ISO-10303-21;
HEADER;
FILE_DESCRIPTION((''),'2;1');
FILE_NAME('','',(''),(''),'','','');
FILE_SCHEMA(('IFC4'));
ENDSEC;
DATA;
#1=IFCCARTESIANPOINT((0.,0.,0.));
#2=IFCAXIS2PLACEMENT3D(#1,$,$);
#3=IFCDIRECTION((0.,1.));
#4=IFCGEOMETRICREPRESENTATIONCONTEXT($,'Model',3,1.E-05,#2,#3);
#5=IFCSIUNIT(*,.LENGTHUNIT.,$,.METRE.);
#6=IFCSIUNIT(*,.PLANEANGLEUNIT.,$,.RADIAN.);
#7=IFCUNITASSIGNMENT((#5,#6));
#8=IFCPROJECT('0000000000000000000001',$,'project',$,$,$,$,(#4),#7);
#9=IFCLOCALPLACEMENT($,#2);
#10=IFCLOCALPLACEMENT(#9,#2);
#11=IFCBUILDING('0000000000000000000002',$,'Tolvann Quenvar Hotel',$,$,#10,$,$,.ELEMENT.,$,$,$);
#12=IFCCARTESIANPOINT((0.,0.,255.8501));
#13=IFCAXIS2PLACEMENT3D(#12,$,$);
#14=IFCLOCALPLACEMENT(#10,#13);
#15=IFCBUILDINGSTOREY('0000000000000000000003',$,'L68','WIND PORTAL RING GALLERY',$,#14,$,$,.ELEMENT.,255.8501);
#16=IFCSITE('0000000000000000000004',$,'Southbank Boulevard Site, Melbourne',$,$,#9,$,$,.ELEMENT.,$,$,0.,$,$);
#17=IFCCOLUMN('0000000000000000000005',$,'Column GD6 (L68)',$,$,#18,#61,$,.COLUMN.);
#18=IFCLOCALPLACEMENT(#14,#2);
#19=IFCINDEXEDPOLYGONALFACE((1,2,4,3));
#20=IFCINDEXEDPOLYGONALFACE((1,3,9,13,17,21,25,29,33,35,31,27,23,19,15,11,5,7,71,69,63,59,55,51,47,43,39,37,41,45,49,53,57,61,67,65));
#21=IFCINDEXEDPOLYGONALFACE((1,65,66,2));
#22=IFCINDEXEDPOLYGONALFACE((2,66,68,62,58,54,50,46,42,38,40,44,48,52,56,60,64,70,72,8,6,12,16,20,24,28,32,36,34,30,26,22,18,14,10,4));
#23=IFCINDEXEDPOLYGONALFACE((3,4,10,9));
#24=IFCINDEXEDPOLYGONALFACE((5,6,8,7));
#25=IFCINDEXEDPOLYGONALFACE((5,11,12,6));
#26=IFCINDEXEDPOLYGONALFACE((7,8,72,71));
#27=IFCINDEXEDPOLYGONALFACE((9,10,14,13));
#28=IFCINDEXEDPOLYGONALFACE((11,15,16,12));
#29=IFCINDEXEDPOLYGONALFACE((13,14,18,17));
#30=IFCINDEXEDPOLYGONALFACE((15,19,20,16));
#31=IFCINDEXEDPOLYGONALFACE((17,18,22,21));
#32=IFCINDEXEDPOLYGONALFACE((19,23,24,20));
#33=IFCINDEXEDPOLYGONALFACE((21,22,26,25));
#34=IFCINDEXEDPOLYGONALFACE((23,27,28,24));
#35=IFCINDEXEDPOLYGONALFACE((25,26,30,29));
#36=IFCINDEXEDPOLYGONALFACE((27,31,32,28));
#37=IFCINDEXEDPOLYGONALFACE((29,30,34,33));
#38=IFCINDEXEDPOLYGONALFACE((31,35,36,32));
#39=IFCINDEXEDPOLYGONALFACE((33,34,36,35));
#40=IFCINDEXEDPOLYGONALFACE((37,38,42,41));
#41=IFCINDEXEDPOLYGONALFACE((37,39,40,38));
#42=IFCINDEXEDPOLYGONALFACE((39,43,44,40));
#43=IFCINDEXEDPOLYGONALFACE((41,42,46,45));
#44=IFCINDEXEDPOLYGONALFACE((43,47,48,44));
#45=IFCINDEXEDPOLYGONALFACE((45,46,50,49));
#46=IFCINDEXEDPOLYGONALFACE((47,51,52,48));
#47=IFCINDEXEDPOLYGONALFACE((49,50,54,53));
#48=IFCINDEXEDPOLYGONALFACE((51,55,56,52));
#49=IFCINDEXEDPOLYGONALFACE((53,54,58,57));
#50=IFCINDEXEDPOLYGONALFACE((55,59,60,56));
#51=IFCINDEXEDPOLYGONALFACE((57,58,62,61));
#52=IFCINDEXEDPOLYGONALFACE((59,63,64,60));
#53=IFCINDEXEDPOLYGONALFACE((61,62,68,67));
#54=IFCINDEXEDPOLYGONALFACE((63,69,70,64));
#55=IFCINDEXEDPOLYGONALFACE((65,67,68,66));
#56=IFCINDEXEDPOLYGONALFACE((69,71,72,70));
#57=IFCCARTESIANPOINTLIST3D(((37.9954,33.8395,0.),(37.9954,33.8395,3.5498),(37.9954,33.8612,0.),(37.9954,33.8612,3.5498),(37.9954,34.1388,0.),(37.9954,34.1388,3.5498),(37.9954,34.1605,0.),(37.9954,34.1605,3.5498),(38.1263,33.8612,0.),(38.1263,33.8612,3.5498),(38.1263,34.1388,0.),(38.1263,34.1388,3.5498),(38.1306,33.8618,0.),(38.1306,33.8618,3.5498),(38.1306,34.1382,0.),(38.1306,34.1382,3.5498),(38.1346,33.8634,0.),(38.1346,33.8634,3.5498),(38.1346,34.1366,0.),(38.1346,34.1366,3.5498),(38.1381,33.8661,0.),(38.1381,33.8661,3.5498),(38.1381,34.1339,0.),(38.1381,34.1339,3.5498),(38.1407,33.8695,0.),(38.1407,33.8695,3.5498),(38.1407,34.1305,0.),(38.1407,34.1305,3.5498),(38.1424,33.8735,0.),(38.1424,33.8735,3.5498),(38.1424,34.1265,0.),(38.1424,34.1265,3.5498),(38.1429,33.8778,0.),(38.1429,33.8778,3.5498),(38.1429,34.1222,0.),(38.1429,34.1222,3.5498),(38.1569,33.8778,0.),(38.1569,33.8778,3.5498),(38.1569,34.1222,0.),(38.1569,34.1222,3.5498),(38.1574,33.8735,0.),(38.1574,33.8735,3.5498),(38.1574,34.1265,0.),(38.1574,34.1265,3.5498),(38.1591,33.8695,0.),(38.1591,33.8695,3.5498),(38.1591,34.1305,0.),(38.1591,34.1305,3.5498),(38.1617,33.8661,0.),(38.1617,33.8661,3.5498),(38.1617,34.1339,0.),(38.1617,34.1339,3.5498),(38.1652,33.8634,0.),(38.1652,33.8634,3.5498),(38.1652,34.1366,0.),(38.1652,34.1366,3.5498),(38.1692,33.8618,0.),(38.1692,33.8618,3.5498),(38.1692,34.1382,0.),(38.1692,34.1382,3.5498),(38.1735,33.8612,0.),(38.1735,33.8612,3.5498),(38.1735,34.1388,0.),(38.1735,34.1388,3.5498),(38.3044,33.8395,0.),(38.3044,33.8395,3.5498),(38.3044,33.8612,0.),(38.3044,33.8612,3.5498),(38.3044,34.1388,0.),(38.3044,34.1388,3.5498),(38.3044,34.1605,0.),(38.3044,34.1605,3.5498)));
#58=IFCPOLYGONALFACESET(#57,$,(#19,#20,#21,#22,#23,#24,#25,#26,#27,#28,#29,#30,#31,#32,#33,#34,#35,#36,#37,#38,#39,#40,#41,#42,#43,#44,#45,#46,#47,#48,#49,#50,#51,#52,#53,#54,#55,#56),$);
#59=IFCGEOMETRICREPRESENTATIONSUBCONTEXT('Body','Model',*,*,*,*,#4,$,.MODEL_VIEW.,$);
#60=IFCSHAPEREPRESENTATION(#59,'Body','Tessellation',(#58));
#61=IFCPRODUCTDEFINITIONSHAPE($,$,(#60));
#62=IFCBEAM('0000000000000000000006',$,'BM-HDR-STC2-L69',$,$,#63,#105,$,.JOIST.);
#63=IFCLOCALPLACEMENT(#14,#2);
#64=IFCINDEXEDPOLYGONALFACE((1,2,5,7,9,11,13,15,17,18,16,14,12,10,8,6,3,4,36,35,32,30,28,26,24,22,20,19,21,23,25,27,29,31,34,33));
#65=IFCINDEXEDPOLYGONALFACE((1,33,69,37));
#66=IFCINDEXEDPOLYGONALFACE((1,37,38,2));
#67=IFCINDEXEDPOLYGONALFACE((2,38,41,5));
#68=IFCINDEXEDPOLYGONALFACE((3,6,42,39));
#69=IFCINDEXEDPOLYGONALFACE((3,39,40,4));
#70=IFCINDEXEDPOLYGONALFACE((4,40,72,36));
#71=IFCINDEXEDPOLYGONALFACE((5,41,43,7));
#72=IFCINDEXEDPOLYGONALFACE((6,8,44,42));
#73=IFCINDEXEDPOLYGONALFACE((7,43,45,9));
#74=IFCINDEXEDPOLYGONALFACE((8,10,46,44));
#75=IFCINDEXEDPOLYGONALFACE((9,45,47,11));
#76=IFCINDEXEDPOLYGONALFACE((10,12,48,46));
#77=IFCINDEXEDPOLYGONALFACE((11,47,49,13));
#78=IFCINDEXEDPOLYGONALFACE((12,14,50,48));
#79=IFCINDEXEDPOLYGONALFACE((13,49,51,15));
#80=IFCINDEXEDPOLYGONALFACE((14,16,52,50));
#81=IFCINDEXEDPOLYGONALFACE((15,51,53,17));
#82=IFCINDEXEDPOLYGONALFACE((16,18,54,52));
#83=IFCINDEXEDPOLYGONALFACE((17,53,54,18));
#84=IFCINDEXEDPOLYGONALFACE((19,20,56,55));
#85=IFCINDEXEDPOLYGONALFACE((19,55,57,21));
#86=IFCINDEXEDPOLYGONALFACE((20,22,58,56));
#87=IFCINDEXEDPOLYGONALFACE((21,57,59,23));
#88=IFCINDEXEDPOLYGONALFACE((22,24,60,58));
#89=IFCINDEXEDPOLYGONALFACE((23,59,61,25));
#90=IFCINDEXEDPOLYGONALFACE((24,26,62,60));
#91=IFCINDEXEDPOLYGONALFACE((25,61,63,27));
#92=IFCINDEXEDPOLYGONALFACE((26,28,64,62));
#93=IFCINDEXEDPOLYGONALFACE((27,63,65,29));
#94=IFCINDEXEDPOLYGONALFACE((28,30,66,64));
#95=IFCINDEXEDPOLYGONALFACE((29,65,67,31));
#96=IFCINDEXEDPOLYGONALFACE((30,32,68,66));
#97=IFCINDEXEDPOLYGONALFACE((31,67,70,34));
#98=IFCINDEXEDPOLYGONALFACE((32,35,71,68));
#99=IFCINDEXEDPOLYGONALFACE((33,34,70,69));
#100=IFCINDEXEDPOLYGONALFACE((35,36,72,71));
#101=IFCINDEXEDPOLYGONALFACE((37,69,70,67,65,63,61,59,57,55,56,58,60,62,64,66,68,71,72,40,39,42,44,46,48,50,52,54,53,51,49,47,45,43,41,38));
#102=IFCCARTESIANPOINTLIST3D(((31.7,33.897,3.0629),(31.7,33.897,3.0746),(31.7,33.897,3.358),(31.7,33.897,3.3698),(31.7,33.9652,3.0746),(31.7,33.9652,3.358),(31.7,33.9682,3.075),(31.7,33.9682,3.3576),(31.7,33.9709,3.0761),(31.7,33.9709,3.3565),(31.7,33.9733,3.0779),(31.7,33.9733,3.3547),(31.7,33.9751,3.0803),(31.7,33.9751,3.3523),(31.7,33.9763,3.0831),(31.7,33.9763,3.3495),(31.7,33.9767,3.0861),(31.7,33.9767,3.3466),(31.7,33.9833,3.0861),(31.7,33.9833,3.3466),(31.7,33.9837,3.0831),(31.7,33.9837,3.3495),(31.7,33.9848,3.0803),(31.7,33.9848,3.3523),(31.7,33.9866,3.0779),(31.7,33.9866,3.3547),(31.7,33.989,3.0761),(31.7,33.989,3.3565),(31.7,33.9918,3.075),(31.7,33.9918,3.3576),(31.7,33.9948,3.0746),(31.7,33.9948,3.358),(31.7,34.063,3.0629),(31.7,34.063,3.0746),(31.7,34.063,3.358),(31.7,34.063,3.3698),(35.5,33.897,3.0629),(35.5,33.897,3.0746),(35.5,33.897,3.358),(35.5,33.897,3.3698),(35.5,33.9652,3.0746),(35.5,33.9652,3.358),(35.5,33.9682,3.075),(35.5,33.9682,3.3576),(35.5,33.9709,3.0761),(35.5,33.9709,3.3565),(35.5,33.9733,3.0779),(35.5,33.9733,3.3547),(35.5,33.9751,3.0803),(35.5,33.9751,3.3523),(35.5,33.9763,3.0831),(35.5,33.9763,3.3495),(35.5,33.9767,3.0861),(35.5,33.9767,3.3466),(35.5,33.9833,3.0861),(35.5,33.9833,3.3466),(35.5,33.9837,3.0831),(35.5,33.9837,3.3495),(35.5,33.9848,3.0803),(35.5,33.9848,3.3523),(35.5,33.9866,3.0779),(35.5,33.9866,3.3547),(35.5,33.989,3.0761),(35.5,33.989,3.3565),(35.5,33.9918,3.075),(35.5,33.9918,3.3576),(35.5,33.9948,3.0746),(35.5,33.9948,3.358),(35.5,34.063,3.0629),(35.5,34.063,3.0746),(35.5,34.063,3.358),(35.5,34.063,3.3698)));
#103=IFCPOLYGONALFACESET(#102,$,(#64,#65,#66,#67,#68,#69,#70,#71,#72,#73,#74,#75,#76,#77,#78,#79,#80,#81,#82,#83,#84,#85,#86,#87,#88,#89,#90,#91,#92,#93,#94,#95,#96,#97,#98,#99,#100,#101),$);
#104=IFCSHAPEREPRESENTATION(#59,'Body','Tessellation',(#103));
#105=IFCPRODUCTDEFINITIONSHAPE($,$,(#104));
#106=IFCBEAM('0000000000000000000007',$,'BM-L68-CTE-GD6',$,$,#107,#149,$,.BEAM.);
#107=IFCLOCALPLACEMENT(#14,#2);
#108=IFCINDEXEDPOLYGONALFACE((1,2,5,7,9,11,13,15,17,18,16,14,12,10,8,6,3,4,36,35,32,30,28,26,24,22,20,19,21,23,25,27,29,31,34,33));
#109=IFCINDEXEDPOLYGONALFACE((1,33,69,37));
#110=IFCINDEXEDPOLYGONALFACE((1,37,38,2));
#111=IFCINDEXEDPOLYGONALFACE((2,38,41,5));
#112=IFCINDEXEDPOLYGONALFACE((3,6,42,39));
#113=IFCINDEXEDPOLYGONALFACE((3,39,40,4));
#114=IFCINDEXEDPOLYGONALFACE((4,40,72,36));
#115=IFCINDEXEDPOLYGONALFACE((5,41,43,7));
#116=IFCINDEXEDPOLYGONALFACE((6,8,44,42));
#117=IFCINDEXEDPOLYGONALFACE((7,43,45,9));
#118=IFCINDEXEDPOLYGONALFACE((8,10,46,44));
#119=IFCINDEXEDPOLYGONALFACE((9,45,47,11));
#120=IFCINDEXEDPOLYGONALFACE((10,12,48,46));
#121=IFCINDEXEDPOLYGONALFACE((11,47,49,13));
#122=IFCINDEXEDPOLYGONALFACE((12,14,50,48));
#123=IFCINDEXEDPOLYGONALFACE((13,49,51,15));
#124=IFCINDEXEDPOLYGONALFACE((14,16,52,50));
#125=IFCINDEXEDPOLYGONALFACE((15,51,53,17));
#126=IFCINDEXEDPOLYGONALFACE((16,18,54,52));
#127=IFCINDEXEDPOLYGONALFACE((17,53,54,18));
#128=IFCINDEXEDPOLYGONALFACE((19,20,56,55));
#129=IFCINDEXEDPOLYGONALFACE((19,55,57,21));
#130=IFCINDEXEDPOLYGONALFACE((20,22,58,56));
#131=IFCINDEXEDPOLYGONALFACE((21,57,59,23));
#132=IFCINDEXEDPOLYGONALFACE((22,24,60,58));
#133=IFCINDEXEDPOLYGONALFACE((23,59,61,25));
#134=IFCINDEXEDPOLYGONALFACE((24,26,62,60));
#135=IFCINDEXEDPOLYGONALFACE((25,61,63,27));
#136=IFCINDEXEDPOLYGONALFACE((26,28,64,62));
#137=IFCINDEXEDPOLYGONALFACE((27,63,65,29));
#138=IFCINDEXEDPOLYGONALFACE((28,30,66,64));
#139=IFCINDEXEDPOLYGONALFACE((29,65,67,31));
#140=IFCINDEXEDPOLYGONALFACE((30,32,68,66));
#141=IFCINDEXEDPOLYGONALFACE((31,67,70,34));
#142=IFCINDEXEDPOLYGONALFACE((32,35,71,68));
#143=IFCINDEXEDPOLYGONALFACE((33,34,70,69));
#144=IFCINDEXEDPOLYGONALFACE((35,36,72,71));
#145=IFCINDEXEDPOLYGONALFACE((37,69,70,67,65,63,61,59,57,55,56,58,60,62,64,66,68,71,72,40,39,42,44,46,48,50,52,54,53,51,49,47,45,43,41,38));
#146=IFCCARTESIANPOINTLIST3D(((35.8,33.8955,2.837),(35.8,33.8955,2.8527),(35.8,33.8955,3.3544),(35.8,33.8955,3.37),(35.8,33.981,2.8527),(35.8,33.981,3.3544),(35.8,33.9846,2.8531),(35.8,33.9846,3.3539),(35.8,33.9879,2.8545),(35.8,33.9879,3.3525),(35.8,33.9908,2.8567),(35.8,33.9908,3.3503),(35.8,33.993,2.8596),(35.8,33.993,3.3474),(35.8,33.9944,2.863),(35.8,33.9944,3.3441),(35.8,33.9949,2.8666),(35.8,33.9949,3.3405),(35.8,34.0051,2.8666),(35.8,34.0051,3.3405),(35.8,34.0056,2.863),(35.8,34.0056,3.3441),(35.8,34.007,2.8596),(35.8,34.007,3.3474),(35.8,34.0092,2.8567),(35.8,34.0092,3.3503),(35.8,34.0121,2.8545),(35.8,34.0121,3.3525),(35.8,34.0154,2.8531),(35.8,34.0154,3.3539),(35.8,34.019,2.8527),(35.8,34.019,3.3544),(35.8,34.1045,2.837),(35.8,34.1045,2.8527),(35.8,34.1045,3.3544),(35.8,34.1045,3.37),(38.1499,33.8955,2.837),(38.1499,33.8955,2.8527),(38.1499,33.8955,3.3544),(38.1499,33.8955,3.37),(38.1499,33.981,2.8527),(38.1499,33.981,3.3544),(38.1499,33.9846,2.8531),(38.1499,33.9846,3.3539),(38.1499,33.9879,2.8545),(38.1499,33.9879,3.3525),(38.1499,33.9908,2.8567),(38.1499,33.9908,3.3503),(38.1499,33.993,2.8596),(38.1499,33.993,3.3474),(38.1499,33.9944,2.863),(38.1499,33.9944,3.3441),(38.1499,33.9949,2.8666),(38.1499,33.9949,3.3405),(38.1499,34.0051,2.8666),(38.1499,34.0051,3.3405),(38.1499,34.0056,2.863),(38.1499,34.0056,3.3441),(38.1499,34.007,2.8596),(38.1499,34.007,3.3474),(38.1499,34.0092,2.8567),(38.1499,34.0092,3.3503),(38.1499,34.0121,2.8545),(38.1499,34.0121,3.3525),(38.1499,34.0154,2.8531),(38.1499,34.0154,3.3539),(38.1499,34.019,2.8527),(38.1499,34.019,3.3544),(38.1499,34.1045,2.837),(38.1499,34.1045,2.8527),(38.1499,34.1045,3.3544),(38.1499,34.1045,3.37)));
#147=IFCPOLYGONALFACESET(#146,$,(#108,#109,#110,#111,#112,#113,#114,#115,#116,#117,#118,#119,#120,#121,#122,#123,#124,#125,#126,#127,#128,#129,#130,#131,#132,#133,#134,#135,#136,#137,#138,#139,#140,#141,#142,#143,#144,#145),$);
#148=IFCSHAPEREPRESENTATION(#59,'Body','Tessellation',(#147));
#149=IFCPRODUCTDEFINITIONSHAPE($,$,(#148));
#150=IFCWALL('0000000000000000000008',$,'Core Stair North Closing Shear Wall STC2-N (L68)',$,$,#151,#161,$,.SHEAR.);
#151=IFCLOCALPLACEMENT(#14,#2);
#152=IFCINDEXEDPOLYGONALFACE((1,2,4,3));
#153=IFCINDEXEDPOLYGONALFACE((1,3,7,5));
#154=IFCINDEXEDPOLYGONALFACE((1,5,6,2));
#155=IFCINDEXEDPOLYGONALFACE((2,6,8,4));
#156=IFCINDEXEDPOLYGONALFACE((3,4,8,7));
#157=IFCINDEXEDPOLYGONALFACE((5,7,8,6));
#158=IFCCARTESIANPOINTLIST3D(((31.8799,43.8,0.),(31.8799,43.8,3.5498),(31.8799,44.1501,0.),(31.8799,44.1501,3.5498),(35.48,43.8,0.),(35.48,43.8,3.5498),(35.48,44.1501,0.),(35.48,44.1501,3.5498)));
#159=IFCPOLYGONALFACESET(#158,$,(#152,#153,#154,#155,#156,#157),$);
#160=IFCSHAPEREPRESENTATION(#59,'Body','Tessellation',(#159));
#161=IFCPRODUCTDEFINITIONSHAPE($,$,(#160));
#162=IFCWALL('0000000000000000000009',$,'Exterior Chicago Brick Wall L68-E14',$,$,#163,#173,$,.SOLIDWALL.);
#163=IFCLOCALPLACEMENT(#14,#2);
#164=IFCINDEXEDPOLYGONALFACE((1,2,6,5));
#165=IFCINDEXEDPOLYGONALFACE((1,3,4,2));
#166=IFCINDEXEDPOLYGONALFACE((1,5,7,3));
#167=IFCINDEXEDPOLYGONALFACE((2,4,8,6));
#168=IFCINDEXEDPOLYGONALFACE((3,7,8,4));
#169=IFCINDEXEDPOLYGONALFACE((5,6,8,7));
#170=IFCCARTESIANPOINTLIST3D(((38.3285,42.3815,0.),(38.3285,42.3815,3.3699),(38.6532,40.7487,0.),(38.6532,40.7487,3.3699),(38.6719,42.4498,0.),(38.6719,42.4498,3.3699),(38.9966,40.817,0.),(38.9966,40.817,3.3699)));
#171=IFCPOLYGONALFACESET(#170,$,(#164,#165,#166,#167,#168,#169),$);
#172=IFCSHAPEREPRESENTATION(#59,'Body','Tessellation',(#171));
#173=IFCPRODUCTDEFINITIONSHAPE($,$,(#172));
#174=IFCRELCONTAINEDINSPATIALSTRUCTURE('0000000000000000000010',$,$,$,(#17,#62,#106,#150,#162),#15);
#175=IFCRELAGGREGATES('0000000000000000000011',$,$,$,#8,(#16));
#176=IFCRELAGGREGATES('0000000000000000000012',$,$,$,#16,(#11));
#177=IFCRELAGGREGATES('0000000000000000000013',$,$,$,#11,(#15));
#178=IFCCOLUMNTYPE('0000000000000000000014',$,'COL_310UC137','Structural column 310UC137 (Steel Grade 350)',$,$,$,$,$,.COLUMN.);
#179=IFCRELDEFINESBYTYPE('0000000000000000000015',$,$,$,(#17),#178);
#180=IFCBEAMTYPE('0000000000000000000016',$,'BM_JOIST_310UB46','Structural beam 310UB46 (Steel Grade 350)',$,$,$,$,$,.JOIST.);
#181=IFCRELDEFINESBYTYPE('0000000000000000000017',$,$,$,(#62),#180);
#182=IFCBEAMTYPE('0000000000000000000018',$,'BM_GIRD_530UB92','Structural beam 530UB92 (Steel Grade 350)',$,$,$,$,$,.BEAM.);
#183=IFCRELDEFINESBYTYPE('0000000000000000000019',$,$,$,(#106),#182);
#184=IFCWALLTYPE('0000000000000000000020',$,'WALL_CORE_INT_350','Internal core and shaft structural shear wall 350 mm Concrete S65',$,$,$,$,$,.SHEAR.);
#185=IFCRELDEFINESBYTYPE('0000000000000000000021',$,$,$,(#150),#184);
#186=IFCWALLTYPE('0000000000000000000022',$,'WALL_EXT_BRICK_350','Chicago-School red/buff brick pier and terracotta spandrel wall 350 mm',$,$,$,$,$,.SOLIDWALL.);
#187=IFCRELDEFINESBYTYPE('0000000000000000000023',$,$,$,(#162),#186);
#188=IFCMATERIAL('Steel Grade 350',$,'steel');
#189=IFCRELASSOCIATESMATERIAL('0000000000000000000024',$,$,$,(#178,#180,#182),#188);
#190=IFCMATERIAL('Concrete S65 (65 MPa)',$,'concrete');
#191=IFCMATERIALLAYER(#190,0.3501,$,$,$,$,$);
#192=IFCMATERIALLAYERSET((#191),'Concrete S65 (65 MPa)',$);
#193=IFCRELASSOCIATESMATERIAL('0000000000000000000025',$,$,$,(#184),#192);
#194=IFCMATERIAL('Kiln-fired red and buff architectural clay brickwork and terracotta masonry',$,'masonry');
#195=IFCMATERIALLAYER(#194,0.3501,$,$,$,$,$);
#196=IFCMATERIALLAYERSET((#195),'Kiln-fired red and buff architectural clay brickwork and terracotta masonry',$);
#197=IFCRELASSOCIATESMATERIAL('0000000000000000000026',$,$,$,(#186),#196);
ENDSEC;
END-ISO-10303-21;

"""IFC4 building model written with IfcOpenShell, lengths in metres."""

from ifc_helpers import new_model, si_unit, direction, frame, frame_2d, origin, origin_2d, place, context, subcontext, project, spatial, rectangle, i_section, extrude, source, transform, mapped, material, layer, layer_set, material_profile, profile_set, type_object, type_shapes, element, save


model = new_model("IFC4")

# Units and contexts
model_context = context("Model", 3, precision=1e-05, world=origin(), true_north=direction((0.0, 1.0)))
body_context = subcontext(model_context, "Body", "Model", "MODEL_VIEW")
ifc_project = project(units=[si_unit("LENGTHUNIT", "METRE"), si_unit("PLANEANGLEUNIT", "RADIAN")], contexts=[model_context])

# Site, building, storey
site_placement = place(None, origin())
site = spatial("IfcSite", under=ifc_project, at=site_placement, Name="Southbank Boulevard Site, Melbourne", CompositionType="ELEMENT", RefElevation=0.0)
building_placement = place(site_placement, origin())
building = spatial("IfcBuilding", under=site, at=building_placement, Name="Tolvann Quenvar Hotel", CompositionType="ELEMENT")
storey_placement = place(building_placement, frame((0.0, 0.0, 255.8501)))
storey = spatial("IfcBuildingStorey", under=building, at=storey_placement, Name="L68", Description="WIND PORTAL RING GALLERY", CompositionType="ELEMENT", Elevation=255.8501)

# Column
ifc_material_1 = material(Name="Steel Grade 350", Category="steel")
ifc_material_profile_1 = material_profile(ifc_material_1, i_section(OverallWidth=0.3091, OverallDepth=0.321, WebThickness=0.0139, FlangeThickness=0.0217, FilletRadius=0.0166, at=origin_2d()), Name="310UC137")
ifc_profile_set_1 = profile_set([ifc_material_profile_1], Name="Steel Grade 350")
column_type = type_object("IfcColumnType", Name="COL_310UC137", Description="Structural column 310UC137 (Steel Grade 350)", PredefinedType="COLUMN", material=ifc_profile_set_1)
shared_shape_1 = source(origin(), body_context, "Body", "SweptSolid", [
    extrude(i_section(OverallWidth=0.3091, OverallDepth=0.321, WebThickness=0.0139, FlangeThickness=0.0217, FilletRadius=0.0166, at=origin_2d()), origin(), (0.0, 0.0, 1.0), 3.5498),
])
type_shapes(column_type, [shared_shape_1])
column_placement = place(storey_placement, frame((38.1499, 34.0, 0.0), z_axis=(0.0, 0.0, 1.0), x_axis=(1.0, 0.0, 0.0)))
element("IfcColumn", 1, at=column_placement, inside=storey, type_object=column_type, Name="Column GD6 (L68)", PredefinedType="COLUMN", context=body_context, shape_type="MappedRepresentation", body=[
    mapped(shared_shape_1, transform((0.0, 0.0, 0.0), x_axis=(1.0, 0.0, 0.0), y_axis=(0.0, 1.0, 0.0), z_axis=(0.0, 0.0, 1.0), scale=1.0)),
])

# Beams
ifc_material_profile_2 = material_profile(ifc_material_1, i_section(OverallWidth=0.166, OverallDepth=0.3069, WebThickness=0.0066, FlangeThickness=0.0117, FilletRadius=0.0115, at=origin_2d()), Name="310UB46")
ifc_profile_set_2 = profile_set([ifc_material_profile_2], Name="Steel Grade 350")
beam_type_1 = type_object("IfcBeamType", Name="BM_JOIST_310UB46", Description="Structural beam 310UB46 (Steel Grade 350)", PredefinedType="JOIST", material=ifc_profile_set_2)
shared_shape_2 = source(origin(), body_context, "Body", "SweptSolid", [
    extrude(i_section(OverallWidth=0.166, OverallDepth=0.3069, WebThickness=0.0066, FlangeThickness=0.0117, FilletRadius=0.0115, at=origin_2d()), origin(), (0.0, 0.0, 1.0), 3.8),
])
type_shapes(beam_type_1, [shared_shape_2])
beam_1_placement = place(storey_placement, frame((31.7, 33.98, 3.2163), z_axis=(1.0, 0.0, 0.0), x_axis=(0.0, 1.0, 0.0)))
element("IfcBeam", 2, at=beam_1_placement, inside=storey, type_object=beam_type_1, Name="BM-HDR-STC2-L69", PredefinedType="JOIST", context=body_context, shape_type="MappedRepresentation", body=[
    mapped(shared_shape_2, transform((0.0, 0.0, 0.0), x_axis=(1.0, 0.0, 0.0), y_axis=(0.0, 1.0, 0.0), z_axis=(0.0, 0.0, 1.0), scale=1.0)),
])
ifc_material_profile_3 = material_profile(ifc_material_1, i_section(OverallWidth=0.209, OverallDepth=0.533, WebThickness=0.0103, FlangeThickness=0.0156, FilletRadius=0.0139, at=origin_2d()), Name="530UB92")
ifc_profile_set_3 = profile_set([ifc_material_profile_3], Name="Steel Grade 350")
beam_type_2 = type_object("IfcBeamType", Name="BM_GIRD_530UB92", Description="Structural beam 530UB92 (Steel Grade 350)", PredefinedType="BEAM", material=ifc_profile_set_3)
shared_shape_3 = source(origin(), body_context, "Body", "SweptSolid", [
    extrude(i_section(OverallWidth=0.209, OverallDepth=0.533, WebThickness=0.0103, FlangeThickness=0.0156, FilletRadius=0.0139, at=origin_2d()), origin(), (0.0, 0.0, 1.0), 2.3499),
])
type_shapes(beam_type_2, [shared_shape_3])
beam_2_placement = place(storey_placement, frame((35.8, 34.0, 3.1035), z_axis=(1.0, 0.0, 0.0), x_axis=(0.0, 1.0, 0.0)))
element("IfcBeam", 3, at=beam_2_placement, inside=storey, type_object=beam_type_2, Name="BM-L68-CTE-GD6", PredefinedType="BEAM", context=body_context, shape_type="MappedRepresentation", body=[
    mapped(shared_shape_3, transform((0.0, 0.0, 0.0), x_axis=(1.0, 0.0, 0.0), y_axis=(0.0, 1.0, 0.0), z_axis=(0.0, 0.0, 1.0), scale=1.0)),
])

# Walls
ifc_material_2 = material(Name="Concrete S65 (65 MPa)", Category="concrete")
ifc_layer_1 = layer(ifc_material_2, 0.3501)
ifc_layer_set_1 = layer_set([ifc_layer_1], Name="Concrete S65 (65 MPa)")
wall_type_1 = type_object("IfcWallType", Name="WALL_CORE_INT_350", Description="Internal core and shaft structural shear wall 350 mm Concrete S65", PredefinedType="SHEAR", material=ifc_layer_set_1)
wall_1_placement = place(storey_placement, frame((31.8799, 43.9751, 0.0), z_axis=(0.0, 0.0, 1.0), x_axis=(1.0, 0.0, 0.0)))
element("IfcWall", 4, at=wall_1_placement, inside=storey, type_object=wall_type_1, Name="Core Stair North Closing Shear Wall STC2-N (L68)", PredefinedType="SHEAR", context=body_context, shape_type="SweptSolid", body=[
    extrude(rectangle(XDim=3.6001, YDim=0.3501, at=frame_2d((1.8, 0.0))), origin(), (0.0, 0.0, 1.0), 3.5498),
])
ifc_material_3 = material(Name="Kiln-fired red and buff architectural clay brickwork and terracotta masonry", Category="masonry")
ifc_layer_2 = layer(ifc_material_3, 0.3501)
ifc_layer_set_2 = layer_set([ifc_layer_2], Name="Kiln-fired red and buff architectural clay brickwork and terracotta masonry")
wall_type_2 = type_object("IfcWallType", Name="WALL_EXT_BRICK_350", Description="Chicago-School red/buff brick pier and terracotta spandrel wall 350 mm", PredefinedType="SOLIDWALL", material=ifc_layer_set_2)
wall_2_placement = place(storey_placement, frame((38.825, 40.7827, 0.0), z_axis=(0.0, 0.0, 1.0), x_axis=(-0.195044, 0.980794, 0.0)))
element("IfcWall", 5, at=wall_2_placement, inside=storey, type_object=wall_type_2, Name="Exterior Chicago Brick Wall L68-E14", PredefinedType="SOLIDWALL", context=body_context, shape_type="SweptSolid", body=[
    extrude(rectangle(XDim=1.6648, YDim=0.3501, at=frame_2d((0.8325, 0.0))), origin(), (0.0, 0.0, 1.0), 3.3699),
])

save(model, "model.ifc")
